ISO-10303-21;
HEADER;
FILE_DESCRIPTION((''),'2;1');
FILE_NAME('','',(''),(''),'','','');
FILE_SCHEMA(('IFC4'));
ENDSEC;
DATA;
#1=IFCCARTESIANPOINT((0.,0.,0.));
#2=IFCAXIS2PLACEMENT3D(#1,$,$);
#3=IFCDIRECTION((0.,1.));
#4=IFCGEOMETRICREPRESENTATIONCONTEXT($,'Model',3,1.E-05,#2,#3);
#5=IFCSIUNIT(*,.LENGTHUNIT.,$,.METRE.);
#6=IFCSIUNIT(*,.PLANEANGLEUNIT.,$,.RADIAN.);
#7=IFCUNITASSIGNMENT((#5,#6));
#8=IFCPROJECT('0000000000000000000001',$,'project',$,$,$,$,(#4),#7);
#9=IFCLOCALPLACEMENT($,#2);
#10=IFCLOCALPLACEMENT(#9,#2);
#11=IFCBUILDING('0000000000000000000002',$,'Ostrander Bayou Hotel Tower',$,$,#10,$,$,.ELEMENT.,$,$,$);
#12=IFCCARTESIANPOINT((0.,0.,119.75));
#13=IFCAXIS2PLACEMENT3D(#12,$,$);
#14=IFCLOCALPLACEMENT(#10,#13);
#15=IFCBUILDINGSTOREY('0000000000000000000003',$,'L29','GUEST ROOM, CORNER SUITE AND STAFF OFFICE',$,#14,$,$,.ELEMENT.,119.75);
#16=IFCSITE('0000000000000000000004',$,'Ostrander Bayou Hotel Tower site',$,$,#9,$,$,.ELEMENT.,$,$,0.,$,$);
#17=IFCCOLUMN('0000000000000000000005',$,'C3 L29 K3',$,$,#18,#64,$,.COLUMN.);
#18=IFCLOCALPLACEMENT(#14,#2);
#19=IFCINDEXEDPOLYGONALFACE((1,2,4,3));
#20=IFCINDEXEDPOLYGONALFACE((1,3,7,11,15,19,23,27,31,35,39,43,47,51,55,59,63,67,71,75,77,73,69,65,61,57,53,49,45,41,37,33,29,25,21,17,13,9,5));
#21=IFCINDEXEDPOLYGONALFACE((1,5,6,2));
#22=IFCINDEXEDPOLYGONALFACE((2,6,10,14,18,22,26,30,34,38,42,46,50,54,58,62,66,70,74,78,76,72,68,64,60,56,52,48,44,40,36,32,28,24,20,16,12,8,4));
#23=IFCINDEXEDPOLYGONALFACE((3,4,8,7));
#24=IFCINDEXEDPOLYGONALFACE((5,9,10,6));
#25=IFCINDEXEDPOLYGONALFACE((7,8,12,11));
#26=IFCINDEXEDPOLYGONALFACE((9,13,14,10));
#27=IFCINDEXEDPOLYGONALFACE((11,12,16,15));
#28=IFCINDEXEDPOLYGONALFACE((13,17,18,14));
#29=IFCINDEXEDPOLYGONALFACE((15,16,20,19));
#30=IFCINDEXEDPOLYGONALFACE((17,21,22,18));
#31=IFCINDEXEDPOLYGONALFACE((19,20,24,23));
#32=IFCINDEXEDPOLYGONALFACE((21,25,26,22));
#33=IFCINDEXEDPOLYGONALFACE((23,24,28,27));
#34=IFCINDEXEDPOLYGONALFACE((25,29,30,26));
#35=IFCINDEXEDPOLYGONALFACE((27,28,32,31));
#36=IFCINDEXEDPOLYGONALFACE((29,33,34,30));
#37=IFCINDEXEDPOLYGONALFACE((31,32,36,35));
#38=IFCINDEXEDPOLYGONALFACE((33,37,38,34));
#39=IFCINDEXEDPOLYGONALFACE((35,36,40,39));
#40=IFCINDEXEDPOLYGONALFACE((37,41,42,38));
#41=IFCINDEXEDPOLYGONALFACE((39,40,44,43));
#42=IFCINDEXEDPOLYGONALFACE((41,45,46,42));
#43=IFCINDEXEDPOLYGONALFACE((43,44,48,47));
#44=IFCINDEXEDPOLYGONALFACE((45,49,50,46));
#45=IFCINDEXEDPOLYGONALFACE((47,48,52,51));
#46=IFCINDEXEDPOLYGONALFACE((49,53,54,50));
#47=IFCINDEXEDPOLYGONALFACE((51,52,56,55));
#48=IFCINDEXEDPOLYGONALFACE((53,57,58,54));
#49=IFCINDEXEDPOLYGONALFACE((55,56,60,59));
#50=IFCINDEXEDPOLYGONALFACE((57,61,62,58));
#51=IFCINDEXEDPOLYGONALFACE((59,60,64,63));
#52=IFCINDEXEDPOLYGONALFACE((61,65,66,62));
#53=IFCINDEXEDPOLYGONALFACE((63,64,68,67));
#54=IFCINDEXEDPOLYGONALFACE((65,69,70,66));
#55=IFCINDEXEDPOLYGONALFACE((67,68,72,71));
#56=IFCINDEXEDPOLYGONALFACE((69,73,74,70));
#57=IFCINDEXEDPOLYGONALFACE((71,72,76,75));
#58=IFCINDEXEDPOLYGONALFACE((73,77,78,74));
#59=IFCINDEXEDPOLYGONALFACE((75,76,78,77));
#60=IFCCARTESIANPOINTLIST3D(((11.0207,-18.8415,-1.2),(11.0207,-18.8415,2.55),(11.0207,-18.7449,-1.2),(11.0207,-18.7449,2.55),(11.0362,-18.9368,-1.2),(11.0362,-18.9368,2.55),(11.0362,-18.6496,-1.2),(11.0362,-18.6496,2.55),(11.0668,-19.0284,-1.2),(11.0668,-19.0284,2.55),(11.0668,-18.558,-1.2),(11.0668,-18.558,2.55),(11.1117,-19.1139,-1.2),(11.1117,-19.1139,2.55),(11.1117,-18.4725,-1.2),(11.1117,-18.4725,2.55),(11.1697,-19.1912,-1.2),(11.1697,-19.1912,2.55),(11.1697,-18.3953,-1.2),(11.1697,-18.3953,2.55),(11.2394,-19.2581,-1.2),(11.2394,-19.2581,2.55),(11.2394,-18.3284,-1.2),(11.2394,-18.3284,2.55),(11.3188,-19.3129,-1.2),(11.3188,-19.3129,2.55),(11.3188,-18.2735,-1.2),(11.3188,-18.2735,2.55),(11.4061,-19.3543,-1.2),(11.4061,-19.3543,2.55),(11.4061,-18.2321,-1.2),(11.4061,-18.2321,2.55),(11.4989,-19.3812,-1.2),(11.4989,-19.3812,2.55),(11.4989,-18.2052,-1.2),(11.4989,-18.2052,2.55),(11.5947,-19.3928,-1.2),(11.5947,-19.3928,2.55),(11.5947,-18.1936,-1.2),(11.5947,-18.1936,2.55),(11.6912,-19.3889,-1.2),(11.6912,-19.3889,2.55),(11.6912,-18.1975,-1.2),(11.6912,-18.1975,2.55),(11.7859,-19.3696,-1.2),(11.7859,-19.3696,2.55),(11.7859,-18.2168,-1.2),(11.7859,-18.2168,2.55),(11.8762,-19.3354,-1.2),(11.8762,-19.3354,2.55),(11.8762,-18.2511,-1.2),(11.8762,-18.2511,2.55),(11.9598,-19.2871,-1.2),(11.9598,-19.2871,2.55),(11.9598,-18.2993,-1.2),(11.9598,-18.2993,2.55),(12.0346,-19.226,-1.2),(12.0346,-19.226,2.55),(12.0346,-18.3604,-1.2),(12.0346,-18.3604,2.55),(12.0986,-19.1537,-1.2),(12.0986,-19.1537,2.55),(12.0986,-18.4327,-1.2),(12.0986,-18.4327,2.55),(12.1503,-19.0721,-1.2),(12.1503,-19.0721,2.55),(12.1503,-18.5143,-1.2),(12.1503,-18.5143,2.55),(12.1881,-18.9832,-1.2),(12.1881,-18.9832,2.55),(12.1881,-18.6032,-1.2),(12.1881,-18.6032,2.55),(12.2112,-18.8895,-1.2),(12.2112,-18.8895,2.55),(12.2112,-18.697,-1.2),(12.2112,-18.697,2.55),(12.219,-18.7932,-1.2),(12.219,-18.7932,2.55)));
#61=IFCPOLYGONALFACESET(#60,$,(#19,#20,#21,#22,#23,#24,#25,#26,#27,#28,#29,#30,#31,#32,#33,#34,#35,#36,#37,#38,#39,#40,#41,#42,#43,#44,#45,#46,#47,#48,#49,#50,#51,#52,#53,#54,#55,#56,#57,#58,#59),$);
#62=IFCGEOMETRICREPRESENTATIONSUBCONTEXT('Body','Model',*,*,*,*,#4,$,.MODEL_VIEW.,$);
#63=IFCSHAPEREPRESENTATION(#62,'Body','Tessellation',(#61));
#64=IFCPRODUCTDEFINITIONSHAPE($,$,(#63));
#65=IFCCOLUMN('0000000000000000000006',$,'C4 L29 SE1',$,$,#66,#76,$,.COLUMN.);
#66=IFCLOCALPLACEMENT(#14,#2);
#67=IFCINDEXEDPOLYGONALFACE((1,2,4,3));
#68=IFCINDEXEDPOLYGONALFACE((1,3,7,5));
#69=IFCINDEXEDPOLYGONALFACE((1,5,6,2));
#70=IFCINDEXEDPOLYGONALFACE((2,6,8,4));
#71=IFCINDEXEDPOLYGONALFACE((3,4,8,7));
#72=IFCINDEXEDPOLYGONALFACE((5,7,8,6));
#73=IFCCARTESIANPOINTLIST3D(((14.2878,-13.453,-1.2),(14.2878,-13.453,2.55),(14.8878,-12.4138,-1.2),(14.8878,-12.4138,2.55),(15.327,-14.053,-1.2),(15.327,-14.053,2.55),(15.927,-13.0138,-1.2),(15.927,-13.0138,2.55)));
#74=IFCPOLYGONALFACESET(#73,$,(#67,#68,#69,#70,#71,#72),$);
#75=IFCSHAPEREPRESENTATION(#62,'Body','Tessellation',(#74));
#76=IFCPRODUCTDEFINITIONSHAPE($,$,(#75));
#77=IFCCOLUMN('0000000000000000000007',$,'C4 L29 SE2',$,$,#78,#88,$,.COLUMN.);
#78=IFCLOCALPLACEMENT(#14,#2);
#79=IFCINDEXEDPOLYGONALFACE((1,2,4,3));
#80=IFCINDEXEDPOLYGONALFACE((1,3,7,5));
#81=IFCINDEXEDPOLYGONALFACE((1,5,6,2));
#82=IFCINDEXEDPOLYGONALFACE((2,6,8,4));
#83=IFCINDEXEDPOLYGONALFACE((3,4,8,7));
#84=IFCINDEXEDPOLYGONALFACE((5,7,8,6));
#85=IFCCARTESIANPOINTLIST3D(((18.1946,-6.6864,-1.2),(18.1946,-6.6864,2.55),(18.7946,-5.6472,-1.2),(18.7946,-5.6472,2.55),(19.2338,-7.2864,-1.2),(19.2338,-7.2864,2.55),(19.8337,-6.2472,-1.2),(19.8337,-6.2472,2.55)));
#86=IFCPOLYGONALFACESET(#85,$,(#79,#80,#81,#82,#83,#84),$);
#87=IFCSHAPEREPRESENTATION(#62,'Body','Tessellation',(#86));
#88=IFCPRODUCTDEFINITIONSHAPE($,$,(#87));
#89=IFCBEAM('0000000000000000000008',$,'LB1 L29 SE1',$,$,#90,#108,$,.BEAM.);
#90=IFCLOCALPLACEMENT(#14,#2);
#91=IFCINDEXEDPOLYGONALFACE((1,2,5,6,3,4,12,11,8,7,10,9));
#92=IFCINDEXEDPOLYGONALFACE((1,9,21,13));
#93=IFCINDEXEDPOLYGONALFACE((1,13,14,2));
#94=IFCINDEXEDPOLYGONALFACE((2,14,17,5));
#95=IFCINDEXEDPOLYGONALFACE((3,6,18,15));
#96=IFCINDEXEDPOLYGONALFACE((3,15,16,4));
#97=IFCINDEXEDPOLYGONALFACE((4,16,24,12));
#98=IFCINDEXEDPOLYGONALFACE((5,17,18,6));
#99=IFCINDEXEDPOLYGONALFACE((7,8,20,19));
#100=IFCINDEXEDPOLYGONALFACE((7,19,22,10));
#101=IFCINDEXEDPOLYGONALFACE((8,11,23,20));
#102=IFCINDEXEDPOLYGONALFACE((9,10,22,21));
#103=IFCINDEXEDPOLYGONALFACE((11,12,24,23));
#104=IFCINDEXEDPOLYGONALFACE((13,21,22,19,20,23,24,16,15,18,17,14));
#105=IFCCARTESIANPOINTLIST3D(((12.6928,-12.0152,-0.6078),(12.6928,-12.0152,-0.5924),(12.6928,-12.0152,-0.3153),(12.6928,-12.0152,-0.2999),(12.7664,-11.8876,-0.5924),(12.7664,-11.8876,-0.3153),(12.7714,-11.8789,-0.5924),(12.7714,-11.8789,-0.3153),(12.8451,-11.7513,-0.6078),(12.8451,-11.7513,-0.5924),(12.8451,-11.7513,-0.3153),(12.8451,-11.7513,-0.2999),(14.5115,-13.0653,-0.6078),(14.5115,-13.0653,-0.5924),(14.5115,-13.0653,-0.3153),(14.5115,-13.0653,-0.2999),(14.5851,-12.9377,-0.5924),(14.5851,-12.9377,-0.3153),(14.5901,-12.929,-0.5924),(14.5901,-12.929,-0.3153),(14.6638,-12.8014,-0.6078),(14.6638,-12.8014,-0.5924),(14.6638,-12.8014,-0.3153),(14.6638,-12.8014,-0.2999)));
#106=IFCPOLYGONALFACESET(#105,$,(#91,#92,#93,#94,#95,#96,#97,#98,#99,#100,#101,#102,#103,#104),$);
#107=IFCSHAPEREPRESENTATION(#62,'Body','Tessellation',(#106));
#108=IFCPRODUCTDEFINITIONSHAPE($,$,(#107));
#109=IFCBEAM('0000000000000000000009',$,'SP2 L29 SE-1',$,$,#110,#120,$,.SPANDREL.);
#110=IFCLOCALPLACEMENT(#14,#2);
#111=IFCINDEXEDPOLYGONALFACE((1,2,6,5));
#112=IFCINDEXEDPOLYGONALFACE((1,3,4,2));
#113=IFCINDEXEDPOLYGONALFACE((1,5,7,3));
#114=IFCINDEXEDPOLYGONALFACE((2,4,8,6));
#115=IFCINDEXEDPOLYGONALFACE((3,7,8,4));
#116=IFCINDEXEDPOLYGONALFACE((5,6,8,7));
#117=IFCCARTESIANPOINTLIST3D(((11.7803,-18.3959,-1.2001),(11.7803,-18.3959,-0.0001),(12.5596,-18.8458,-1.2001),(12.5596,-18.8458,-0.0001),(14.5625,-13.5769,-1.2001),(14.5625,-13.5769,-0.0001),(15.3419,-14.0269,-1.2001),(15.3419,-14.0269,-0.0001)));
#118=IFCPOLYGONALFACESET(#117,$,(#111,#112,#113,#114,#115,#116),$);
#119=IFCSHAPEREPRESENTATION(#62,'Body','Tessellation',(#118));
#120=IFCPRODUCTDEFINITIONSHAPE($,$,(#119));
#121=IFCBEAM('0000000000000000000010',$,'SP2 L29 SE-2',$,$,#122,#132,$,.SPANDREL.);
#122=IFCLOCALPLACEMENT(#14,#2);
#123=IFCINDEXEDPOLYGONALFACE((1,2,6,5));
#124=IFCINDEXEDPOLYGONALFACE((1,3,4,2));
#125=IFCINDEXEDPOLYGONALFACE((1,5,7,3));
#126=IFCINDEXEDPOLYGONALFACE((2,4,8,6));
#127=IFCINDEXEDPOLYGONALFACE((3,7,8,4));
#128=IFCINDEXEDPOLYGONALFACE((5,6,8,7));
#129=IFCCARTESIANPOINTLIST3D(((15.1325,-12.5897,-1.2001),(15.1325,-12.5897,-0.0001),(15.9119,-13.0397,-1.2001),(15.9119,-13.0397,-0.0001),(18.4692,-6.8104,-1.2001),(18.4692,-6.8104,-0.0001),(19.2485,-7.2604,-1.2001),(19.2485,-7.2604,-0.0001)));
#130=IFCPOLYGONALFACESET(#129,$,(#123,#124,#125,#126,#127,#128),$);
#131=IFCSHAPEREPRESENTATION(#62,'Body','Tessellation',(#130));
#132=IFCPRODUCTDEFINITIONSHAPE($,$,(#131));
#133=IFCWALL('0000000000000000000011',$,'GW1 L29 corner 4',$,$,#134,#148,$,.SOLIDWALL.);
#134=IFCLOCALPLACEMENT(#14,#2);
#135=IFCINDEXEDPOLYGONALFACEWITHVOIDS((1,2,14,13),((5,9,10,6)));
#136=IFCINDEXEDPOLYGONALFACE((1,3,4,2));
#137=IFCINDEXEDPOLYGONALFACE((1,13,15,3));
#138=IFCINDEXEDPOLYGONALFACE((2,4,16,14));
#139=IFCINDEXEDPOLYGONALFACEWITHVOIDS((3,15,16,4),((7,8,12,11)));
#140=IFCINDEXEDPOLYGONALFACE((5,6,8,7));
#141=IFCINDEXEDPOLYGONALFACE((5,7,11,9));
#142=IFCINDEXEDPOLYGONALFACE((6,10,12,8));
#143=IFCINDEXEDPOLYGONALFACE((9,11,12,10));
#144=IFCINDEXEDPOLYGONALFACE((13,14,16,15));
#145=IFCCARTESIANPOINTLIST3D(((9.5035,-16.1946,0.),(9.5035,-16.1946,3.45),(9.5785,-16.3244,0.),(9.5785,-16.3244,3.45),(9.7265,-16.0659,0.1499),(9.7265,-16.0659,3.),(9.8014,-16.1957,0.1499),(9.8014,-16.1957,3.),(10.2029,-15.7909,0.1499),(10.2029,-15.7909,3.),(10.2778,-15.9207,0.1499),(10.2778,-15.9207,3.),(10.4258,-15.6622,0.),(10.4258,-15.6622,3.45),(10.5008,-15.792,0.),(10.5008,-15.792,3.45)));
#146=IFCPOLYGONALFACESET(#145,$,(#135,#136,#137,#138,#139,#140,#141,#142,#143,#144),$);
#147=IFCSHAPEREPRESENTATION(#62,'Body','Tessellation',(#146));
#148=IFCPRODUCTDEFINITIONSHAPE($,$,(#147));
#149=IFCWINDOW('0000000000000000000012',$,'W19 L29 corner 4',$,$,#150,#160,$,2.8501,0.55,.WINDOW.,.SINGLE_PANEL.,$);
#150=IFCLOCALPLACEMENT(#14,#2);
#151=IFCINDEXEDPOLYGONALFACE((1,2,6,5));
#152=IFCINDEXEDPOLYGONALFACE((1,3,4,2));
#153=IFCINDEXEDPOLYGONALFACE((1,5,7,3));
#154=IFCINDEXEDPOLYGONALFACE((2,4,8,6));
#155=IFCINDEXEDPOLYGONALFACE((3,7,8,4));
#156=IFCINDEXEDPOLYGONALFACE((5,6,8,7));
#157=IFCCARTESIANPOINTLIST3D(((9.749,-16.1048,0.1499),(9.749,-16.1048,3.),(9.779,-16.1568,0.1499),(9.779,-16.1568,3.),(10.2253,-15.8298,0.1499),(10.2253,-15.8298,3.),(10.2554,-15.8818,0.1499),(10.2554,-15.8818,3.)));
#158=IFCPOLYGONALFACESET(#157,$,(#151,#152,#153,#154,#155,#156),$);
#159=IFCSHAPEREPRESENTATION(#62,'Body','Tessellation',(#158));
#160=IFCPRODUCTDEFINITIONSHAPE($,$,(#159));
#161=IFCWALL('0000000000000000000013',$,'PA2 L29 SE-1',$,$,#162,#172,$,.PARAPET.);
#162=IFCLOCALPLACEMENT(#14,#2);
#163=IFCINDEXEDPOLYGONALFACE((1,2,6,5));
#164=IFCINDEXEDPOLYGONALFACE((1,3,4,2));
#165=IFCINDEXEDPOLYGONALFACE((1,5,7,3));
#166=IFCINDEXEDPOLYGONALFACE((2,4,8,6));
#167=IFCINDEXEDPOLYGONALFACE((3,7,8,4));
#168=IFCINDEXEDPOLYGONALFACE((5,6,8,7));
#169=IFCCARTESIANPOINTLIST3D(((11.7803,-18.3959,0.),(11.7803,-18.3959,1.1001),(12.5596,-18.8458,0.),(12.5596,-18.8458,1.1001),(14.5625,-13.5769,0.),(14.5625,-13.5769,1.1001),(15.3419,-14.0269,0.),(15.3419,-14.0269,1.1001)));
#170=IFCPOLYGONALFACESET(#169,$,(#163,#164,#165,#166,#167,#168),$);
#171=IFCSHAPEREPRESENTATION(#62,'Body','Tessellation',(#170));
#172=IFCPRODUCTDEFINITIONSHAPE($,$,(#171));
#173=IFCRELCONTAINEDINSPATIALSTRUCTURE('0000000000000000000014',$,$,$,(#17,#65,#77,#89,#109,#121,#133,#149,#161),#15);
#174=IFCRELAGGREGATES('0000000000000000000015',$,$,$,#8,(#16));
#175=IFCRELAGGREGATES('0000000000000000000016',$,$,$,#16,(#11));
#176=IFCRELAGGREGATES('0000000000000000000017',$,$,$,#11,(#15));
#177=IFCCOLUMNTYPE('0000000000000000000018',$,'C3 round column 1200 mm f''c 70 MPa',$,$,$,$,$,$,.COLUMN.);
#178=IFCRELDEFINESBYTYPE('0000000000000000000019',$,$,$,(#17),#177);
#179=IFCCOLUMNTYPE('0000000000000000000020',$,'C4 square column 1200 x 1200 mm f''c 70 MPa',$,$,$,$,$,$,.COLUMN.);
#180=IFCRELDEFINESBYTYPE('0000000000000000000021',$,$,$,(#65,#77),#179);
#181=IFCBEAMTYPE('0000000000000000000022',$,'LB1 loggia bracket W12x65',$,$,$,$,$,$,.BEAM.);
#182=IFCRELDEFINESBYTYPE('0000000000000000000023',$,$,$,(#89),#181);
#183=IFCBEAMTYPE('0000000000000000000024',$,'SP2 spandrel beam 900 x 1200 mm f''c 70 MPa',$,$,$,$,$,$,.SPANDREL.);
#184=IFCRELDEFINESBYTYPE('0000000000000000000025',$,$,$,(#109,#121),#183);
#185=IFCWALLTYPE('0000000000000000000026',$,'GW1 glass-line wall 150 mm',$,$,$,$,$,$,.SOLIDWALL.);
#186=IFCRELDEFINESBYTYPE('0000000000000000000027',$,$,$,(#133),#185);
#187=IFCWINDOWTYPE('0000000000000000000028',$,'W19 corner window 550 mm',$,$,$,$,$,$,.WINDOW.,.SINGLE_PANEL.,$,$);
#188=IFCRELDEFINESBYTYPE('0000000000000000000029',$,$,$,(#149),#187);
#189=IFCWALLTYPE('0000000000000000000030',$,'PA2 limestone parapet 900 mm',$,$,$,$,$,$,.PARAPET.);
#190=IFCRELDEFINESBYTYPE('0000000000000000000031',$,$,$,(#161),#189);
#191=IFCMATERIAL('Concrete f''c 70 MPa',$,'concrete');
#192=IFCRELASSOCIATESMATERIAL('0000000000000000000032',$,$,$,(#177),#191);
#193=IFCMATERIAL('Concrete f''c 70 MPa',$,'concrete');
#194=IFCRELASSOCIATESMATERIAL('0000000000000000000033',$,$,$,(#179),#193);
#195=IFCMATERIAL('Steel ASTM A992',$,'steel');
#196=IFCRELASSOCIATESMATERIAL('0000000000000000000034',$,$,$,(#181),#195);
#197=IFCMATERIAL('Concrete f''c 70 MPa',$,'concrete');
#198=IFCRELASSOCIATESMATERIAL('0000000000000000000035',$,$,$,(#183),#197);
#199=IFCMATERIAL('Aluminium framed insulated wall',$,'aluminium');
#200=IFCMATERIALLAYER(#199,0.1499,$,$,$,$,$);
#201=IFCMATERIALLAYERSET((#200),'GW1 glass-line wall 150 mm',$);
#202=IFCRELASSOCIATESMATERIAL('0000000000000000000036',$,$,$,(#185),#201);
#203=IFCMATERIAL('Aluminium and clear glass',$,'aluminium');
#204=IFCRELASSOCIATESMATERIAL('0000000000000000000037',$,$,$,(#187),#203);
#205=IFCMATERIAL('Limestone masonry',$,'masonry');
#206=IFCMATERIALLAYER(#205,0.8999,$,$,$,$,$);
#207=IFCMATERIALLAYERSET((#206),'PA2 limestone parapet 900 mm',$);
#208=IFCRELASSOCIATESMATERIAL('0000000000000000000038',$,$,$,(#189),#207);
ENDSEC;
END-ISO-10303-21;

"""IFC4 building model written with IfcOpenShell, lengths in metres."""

from ifc_helpers import new_model, si_unit, direction, frame, frame_2d, origin, origin_2d, place, context, subcontext, project, spatial, rectangle, circle, i_section, extrude, material, layer, layer_set, material_profile, profile_set, type_object, element, fill, save


model = new_model("IFC4")

# Units and contexts
model_context = context("Model", 3, precision=1e-05, world=origin(), true_north=direction((0.0, 1.0)))
body_context = subcontext(model_context, "Body", "Model", "MODEL_VIEW")
ifc_project = project(units=[si_unit("LENGTHUNIT", "METRE"), si_unit("PLANEANGLEUNIT", "RADIAN")], contexts=[model_context])

# Site, building, storey
site_placement = place(None, origin())
site = spatial("IfcSite", under=ifc_project, at=site_placement, Name="Ostrander Bayou Hotel Tower site", CompositionType="ELEMENT", RefElevation=0.0)
building_placement = place(site_placement, origin())
building = spatial("IfcBuilding", under=site, at=building_placement, Name="Ostrander Bayou Hotel Tower", CompositionType="ELEMENT")
storey_placement = place(building_placement, frame((0.0, 0.0, 119.75)))
storey = spatial("IfcBuildingStorey", under=building, at=storey_placement, Name="L29", Description="GUEST ROOM, CORNER SUITE AND STAFF OFFICE", CompositionType="ELEMENT", Elevation=119.75)

# Columns
ifc_material_1 = material(Name="Concrete f'c 70 MPa", Category="concrete")
ifc_material_profile_1 = material_profile(ifc_material_1, circle(Radius=0.6001, at=origin_2d()))
ifc_profile_set_1 = profile_set([ifc_material_profile_1], Name="Concrete f'c 70 MPa")
column_type_1 = type_object("IfcColumnType", Name="C3 round column 1200 mm f'c 70 MPa", PredefinedType="COLUMN", material=ifc_profile_set_1)
column_placement = place(storey_placement, frame((11.6189, -18.7932, -1.2), z_axis=(0.0, 0.0, 1.0), x_axis=(1.0, 0.0, 0.0)))
element("IfcColumn", 1, at=column_placement, inside=storey, type_object=column_type_1, Name="C3 L29 K3", PredefinedType="COLUMN", context=body_context, shape_type="SweptSolid", body=[
    extrude(circle(Radius=0.6001, at=origin_2d()), origin(), (0.0, 0.0, 1.0), 3.75),
])
ifc_material_2 = material(Name="Concrete f'c 70 MPa", Category="concrete")
ifc_material_profile_2 = material_profile(ifc_material_2, rectangle(XDim=1.2, YDim=1.2, at=origin_2d()))
ifc_profile_set_2 = profile_set([ifc_material_profile_2], Name="Concrete f'c 70 MPa")
column_type_2 = type_object("IfcColumnType", Name="C4 square column 1200 x 1200 mm f'c 70 MPa", PredefinedType="COLUMN", material=ifc_profile_set_2)
for number, where, z_axis, x_axis, name in (
    (2, (15.1074, -13.2334, -1.2), (0.0, 0.0, 1.0), (-0.5, -0.866025, 0.0), "C4 L29 SE1"),
    (3, (19.0142, -6.4668, -1.2), (0.0, 0.0, 1.0), (-0.5, -0.866025, 0.0), "C4 L29 SE2"),
):
    element("IfcColumn", number, at=place(storey_placement, frame(where, z_axis=z_axis, x_axis=x_axis)), inside=storey, type_object=column_type_2, Name=name, PredefinedType="COLUMN", context=body_context, shape_type="SweptSolid", body=[
        extrude(rectangle(XDim=1.2, YDim=1.2, at=origin_2d()), origin(), (0.0, 0.0, 1.0), 3.75),
    ])

# Beams
ifc_material_3 = material(Name="Steel ASTM A992", Category="steel")
ifc_material_profile_3 = material_profile(ifc_material_3, i_section(OverallWidth=0.3047, OverallDepth=0.3079, WebThickness=0.01, FlangeThickness=0.0154, at=origin_2d()))
ifc_profile_set_3 = profile_set([ifc_material_profile_3], Name="Steel ASTM A992")
beam_type_1 = type_object("IfcBeamType", Name="LB1 loggia bracket W12x65", PredefinedType="BEAM", material=ifc_profile_set_3)
beam_1_placement = place(storey_placement, frame((14.5876, -12.9333, -0.4539), z_axis=(-0.866009, 0.500028, 0.0), x_axis=(-0.500028, -0.866009, 0.0)))
element("IfcBeam", 4, at=beam_1_placement, inside=storey, type_object=beam_type_1, Name="LB1 L29 SE1", PredefinedType="BEAM", context=body_context, shape_type="SweptSolid", body=[
    extrude(i_section(OverallWidth=0.3047, OverallDepth=0.3079, WebThickness=0.01, FlangeThickness=0.0154, at=origin_2d()), origin(), (0.0, 0.0, 1.0), 2.1001),
])
ifc_material_4 = material(Name="Concrete f'c 70 MPa", Category="concrete")
ifc_material_profile_4 = material_profile(ifc_material_4, rectangle(XDim=0.8999, YDim=1.2, at=origin_2d()))
ifc_profile_set_4 = profile_set([ifc_material_profile_4], Name="Concrete f'c 70 MPa")
beam_type_2 = type_object("IfcBeamType", Name="SP2 spandrel beam 900 x 1200 mm f'c 70 MPa", PredefinedType="SPANDREL", material=ifc_profile_set_4)
beam_2_placement = place(storey_placement, frame((12.1699, -18.6208, -0.6001), z_axis=(0.500009, 0.86602, 0.0), x_axis=(-0.86602, 0.500009, 0.0)))
element("IfcBeam", 5, at=beam_2_placement, inside=storey, type_object=beam_type_2, Name="SP2 L29 SE-1", PredefinedType="SPANDREL", context=body_context, shape_type="SweptSolid", body=[
    extrude(rectangle(XDim=0.8999, YDim=1.2, at=origin_2d()), origin(), (0.0, 0.0, 1.0), 5.5645),
])
beam_3_placement = place(storey_placement, frame((15.5222, -12.8147, -0.6001), z_axis=(0.499999, 0.866026, 0.0), x_axis=(-0.866026, 0.499999, 0.0)))
element("IfcBeam", 6, at=beam_3_placement, inside=storey, type_object=beam_type_2, Name="SP2 L29 SE-2", PredefinedType="SPANDREL", context=body_context, shape_type="SweptSolid", body=[
    extrude(rectangle(XDim=0.8999, YDim=1.2, at=origin_2d()), origin(), (0.0, 0.0, 1.0), 6.6733),
])

# Shared definitions
ifc_material_5 = material(Name="Aluminium framed insulated wall", Category="aluminium")
ifc_layer_1 = layer(ifc_material_5, 0.1499)
ifc_layer_set_1 = layer_set([ifc_layer_1], Name="GW1 glass-line wall 150 mm")
wall_type_1 = type_object("IfcWallType", Name="GW1 glass-line wall 150 mm", PredefinedType="SOLIDWALL", material=ifc_layer_set_1)

# Wall, opening, window
wall_1_placement = place(storey_placement, frame((9.541, -16.2595, 0.0), z_axis=(0.0, 0.0, 1.0), x_axis=(0.866048, 0.499961, 0.0)))
wall_1 = element("IfcWall", 7, at=wall_1_placement, inside=storey, type_object=wall_type_1, Name="GW1 L29 corner 4", PredefinedType="SOLIDWALL", context=body_context, shape_type="SweptSolid", body=[
    extrude(rectangle(XDim=1.0649, YDim=0.1499, at=frame_2d((0.5325, 0.0))), origin(), (0.0, 0.0, 1.0), 3.45),
])
opening_1_placement = place(wall_1_placement, frame((0.2576, 0.0, 0.1499)))
opening_1 = element("IfcOpeningElement", 8, at=opening_1_placement, cuts=wall_1, PredefinedType="OPENING", context=body_context, shape_type="SweptSolid", body=[
    extrude(rectangle(XDim=0.55, YDim=2.8501, at=frame_2d((0.2749, 1.425))), frame((0.0, 0.075, 0.0), z_axis=(0.0, -1.0, 0.0), x_axis=(1.0, 0.0, 0.0)), (0.0, 0.0, 1.0), 0.1499),
])
ifc_material_6 = material(Name="Aluminium and clear glass", Category="aluminium")
window_type_1 = type_object("IfcWindowType", Name="W19 corner window 550 mm", PartitioningType="SINGLE_PANEL", PredefinedType="WINDOW", material=ifc_material_6)
window_1_placement = place(opening_1_placement, origin())
window_1 = element("IfcWindow", 9, at=window_1_placement, inside=storey, type_object=window_type_1, Name="W19 L29 corner 4", OverallHeight=2.8501, OverallWidth=0.55, PartitioningType="SINGLE_PANEL", PredefinedType="WINDOW", context=body_context, shape_type="SweptSolid", body=[
    extrude(rectangle(XDim=0.55, YDim=2.8501, at=frame_2d((0.2749, 1.425))), frame((0.0, 0.03, 0.0), z_axis=(0.0, -1.0, 0.0), x_axis=(1.0, 0.0, 0.0)), (0.0, 0.0, 1.0), 0.0601),
])
fill(opening_1, window_1)

# Wall
ifc_material_7 = material(Name="Limestone masonry", Category="masonry")
ifc_layer_2 = layer(ifc_material_7, 0.8999)
ifc_layer_set_2 = layer_set([ifc_layer_2], Name="PA2 limestone parapet 900 mm")
wall_type_2 = type_object("IfcWallType", Name="PA2 limestone parapet 900 mm", PredefinedType="PARAPET", material=ifc_layer_set_2)
wall_2_placement = place(storey_placement, frame((12.1699, -18.6208, 0.0), z_axis=(0.0, 0.0, 1.0), x_axis=(0.500009, 0.86602, 0.0)))
element("IfcWall", 10, at=wall_2_placement, inside=storey, type_object=wall_type_2, Name="PA2 L29 SE-1", PredefinedType="PARAPET", context=body_context, shape_type="SweptSolid", body=[
    extrude(rectangle(XDim=5.5645, YDim=0.8999, at=frame_2d((2.7822, 0.0))), origin(), (0.0, 0.0, 1.0), 1.1001),
])

save(model, "model.ifc")
